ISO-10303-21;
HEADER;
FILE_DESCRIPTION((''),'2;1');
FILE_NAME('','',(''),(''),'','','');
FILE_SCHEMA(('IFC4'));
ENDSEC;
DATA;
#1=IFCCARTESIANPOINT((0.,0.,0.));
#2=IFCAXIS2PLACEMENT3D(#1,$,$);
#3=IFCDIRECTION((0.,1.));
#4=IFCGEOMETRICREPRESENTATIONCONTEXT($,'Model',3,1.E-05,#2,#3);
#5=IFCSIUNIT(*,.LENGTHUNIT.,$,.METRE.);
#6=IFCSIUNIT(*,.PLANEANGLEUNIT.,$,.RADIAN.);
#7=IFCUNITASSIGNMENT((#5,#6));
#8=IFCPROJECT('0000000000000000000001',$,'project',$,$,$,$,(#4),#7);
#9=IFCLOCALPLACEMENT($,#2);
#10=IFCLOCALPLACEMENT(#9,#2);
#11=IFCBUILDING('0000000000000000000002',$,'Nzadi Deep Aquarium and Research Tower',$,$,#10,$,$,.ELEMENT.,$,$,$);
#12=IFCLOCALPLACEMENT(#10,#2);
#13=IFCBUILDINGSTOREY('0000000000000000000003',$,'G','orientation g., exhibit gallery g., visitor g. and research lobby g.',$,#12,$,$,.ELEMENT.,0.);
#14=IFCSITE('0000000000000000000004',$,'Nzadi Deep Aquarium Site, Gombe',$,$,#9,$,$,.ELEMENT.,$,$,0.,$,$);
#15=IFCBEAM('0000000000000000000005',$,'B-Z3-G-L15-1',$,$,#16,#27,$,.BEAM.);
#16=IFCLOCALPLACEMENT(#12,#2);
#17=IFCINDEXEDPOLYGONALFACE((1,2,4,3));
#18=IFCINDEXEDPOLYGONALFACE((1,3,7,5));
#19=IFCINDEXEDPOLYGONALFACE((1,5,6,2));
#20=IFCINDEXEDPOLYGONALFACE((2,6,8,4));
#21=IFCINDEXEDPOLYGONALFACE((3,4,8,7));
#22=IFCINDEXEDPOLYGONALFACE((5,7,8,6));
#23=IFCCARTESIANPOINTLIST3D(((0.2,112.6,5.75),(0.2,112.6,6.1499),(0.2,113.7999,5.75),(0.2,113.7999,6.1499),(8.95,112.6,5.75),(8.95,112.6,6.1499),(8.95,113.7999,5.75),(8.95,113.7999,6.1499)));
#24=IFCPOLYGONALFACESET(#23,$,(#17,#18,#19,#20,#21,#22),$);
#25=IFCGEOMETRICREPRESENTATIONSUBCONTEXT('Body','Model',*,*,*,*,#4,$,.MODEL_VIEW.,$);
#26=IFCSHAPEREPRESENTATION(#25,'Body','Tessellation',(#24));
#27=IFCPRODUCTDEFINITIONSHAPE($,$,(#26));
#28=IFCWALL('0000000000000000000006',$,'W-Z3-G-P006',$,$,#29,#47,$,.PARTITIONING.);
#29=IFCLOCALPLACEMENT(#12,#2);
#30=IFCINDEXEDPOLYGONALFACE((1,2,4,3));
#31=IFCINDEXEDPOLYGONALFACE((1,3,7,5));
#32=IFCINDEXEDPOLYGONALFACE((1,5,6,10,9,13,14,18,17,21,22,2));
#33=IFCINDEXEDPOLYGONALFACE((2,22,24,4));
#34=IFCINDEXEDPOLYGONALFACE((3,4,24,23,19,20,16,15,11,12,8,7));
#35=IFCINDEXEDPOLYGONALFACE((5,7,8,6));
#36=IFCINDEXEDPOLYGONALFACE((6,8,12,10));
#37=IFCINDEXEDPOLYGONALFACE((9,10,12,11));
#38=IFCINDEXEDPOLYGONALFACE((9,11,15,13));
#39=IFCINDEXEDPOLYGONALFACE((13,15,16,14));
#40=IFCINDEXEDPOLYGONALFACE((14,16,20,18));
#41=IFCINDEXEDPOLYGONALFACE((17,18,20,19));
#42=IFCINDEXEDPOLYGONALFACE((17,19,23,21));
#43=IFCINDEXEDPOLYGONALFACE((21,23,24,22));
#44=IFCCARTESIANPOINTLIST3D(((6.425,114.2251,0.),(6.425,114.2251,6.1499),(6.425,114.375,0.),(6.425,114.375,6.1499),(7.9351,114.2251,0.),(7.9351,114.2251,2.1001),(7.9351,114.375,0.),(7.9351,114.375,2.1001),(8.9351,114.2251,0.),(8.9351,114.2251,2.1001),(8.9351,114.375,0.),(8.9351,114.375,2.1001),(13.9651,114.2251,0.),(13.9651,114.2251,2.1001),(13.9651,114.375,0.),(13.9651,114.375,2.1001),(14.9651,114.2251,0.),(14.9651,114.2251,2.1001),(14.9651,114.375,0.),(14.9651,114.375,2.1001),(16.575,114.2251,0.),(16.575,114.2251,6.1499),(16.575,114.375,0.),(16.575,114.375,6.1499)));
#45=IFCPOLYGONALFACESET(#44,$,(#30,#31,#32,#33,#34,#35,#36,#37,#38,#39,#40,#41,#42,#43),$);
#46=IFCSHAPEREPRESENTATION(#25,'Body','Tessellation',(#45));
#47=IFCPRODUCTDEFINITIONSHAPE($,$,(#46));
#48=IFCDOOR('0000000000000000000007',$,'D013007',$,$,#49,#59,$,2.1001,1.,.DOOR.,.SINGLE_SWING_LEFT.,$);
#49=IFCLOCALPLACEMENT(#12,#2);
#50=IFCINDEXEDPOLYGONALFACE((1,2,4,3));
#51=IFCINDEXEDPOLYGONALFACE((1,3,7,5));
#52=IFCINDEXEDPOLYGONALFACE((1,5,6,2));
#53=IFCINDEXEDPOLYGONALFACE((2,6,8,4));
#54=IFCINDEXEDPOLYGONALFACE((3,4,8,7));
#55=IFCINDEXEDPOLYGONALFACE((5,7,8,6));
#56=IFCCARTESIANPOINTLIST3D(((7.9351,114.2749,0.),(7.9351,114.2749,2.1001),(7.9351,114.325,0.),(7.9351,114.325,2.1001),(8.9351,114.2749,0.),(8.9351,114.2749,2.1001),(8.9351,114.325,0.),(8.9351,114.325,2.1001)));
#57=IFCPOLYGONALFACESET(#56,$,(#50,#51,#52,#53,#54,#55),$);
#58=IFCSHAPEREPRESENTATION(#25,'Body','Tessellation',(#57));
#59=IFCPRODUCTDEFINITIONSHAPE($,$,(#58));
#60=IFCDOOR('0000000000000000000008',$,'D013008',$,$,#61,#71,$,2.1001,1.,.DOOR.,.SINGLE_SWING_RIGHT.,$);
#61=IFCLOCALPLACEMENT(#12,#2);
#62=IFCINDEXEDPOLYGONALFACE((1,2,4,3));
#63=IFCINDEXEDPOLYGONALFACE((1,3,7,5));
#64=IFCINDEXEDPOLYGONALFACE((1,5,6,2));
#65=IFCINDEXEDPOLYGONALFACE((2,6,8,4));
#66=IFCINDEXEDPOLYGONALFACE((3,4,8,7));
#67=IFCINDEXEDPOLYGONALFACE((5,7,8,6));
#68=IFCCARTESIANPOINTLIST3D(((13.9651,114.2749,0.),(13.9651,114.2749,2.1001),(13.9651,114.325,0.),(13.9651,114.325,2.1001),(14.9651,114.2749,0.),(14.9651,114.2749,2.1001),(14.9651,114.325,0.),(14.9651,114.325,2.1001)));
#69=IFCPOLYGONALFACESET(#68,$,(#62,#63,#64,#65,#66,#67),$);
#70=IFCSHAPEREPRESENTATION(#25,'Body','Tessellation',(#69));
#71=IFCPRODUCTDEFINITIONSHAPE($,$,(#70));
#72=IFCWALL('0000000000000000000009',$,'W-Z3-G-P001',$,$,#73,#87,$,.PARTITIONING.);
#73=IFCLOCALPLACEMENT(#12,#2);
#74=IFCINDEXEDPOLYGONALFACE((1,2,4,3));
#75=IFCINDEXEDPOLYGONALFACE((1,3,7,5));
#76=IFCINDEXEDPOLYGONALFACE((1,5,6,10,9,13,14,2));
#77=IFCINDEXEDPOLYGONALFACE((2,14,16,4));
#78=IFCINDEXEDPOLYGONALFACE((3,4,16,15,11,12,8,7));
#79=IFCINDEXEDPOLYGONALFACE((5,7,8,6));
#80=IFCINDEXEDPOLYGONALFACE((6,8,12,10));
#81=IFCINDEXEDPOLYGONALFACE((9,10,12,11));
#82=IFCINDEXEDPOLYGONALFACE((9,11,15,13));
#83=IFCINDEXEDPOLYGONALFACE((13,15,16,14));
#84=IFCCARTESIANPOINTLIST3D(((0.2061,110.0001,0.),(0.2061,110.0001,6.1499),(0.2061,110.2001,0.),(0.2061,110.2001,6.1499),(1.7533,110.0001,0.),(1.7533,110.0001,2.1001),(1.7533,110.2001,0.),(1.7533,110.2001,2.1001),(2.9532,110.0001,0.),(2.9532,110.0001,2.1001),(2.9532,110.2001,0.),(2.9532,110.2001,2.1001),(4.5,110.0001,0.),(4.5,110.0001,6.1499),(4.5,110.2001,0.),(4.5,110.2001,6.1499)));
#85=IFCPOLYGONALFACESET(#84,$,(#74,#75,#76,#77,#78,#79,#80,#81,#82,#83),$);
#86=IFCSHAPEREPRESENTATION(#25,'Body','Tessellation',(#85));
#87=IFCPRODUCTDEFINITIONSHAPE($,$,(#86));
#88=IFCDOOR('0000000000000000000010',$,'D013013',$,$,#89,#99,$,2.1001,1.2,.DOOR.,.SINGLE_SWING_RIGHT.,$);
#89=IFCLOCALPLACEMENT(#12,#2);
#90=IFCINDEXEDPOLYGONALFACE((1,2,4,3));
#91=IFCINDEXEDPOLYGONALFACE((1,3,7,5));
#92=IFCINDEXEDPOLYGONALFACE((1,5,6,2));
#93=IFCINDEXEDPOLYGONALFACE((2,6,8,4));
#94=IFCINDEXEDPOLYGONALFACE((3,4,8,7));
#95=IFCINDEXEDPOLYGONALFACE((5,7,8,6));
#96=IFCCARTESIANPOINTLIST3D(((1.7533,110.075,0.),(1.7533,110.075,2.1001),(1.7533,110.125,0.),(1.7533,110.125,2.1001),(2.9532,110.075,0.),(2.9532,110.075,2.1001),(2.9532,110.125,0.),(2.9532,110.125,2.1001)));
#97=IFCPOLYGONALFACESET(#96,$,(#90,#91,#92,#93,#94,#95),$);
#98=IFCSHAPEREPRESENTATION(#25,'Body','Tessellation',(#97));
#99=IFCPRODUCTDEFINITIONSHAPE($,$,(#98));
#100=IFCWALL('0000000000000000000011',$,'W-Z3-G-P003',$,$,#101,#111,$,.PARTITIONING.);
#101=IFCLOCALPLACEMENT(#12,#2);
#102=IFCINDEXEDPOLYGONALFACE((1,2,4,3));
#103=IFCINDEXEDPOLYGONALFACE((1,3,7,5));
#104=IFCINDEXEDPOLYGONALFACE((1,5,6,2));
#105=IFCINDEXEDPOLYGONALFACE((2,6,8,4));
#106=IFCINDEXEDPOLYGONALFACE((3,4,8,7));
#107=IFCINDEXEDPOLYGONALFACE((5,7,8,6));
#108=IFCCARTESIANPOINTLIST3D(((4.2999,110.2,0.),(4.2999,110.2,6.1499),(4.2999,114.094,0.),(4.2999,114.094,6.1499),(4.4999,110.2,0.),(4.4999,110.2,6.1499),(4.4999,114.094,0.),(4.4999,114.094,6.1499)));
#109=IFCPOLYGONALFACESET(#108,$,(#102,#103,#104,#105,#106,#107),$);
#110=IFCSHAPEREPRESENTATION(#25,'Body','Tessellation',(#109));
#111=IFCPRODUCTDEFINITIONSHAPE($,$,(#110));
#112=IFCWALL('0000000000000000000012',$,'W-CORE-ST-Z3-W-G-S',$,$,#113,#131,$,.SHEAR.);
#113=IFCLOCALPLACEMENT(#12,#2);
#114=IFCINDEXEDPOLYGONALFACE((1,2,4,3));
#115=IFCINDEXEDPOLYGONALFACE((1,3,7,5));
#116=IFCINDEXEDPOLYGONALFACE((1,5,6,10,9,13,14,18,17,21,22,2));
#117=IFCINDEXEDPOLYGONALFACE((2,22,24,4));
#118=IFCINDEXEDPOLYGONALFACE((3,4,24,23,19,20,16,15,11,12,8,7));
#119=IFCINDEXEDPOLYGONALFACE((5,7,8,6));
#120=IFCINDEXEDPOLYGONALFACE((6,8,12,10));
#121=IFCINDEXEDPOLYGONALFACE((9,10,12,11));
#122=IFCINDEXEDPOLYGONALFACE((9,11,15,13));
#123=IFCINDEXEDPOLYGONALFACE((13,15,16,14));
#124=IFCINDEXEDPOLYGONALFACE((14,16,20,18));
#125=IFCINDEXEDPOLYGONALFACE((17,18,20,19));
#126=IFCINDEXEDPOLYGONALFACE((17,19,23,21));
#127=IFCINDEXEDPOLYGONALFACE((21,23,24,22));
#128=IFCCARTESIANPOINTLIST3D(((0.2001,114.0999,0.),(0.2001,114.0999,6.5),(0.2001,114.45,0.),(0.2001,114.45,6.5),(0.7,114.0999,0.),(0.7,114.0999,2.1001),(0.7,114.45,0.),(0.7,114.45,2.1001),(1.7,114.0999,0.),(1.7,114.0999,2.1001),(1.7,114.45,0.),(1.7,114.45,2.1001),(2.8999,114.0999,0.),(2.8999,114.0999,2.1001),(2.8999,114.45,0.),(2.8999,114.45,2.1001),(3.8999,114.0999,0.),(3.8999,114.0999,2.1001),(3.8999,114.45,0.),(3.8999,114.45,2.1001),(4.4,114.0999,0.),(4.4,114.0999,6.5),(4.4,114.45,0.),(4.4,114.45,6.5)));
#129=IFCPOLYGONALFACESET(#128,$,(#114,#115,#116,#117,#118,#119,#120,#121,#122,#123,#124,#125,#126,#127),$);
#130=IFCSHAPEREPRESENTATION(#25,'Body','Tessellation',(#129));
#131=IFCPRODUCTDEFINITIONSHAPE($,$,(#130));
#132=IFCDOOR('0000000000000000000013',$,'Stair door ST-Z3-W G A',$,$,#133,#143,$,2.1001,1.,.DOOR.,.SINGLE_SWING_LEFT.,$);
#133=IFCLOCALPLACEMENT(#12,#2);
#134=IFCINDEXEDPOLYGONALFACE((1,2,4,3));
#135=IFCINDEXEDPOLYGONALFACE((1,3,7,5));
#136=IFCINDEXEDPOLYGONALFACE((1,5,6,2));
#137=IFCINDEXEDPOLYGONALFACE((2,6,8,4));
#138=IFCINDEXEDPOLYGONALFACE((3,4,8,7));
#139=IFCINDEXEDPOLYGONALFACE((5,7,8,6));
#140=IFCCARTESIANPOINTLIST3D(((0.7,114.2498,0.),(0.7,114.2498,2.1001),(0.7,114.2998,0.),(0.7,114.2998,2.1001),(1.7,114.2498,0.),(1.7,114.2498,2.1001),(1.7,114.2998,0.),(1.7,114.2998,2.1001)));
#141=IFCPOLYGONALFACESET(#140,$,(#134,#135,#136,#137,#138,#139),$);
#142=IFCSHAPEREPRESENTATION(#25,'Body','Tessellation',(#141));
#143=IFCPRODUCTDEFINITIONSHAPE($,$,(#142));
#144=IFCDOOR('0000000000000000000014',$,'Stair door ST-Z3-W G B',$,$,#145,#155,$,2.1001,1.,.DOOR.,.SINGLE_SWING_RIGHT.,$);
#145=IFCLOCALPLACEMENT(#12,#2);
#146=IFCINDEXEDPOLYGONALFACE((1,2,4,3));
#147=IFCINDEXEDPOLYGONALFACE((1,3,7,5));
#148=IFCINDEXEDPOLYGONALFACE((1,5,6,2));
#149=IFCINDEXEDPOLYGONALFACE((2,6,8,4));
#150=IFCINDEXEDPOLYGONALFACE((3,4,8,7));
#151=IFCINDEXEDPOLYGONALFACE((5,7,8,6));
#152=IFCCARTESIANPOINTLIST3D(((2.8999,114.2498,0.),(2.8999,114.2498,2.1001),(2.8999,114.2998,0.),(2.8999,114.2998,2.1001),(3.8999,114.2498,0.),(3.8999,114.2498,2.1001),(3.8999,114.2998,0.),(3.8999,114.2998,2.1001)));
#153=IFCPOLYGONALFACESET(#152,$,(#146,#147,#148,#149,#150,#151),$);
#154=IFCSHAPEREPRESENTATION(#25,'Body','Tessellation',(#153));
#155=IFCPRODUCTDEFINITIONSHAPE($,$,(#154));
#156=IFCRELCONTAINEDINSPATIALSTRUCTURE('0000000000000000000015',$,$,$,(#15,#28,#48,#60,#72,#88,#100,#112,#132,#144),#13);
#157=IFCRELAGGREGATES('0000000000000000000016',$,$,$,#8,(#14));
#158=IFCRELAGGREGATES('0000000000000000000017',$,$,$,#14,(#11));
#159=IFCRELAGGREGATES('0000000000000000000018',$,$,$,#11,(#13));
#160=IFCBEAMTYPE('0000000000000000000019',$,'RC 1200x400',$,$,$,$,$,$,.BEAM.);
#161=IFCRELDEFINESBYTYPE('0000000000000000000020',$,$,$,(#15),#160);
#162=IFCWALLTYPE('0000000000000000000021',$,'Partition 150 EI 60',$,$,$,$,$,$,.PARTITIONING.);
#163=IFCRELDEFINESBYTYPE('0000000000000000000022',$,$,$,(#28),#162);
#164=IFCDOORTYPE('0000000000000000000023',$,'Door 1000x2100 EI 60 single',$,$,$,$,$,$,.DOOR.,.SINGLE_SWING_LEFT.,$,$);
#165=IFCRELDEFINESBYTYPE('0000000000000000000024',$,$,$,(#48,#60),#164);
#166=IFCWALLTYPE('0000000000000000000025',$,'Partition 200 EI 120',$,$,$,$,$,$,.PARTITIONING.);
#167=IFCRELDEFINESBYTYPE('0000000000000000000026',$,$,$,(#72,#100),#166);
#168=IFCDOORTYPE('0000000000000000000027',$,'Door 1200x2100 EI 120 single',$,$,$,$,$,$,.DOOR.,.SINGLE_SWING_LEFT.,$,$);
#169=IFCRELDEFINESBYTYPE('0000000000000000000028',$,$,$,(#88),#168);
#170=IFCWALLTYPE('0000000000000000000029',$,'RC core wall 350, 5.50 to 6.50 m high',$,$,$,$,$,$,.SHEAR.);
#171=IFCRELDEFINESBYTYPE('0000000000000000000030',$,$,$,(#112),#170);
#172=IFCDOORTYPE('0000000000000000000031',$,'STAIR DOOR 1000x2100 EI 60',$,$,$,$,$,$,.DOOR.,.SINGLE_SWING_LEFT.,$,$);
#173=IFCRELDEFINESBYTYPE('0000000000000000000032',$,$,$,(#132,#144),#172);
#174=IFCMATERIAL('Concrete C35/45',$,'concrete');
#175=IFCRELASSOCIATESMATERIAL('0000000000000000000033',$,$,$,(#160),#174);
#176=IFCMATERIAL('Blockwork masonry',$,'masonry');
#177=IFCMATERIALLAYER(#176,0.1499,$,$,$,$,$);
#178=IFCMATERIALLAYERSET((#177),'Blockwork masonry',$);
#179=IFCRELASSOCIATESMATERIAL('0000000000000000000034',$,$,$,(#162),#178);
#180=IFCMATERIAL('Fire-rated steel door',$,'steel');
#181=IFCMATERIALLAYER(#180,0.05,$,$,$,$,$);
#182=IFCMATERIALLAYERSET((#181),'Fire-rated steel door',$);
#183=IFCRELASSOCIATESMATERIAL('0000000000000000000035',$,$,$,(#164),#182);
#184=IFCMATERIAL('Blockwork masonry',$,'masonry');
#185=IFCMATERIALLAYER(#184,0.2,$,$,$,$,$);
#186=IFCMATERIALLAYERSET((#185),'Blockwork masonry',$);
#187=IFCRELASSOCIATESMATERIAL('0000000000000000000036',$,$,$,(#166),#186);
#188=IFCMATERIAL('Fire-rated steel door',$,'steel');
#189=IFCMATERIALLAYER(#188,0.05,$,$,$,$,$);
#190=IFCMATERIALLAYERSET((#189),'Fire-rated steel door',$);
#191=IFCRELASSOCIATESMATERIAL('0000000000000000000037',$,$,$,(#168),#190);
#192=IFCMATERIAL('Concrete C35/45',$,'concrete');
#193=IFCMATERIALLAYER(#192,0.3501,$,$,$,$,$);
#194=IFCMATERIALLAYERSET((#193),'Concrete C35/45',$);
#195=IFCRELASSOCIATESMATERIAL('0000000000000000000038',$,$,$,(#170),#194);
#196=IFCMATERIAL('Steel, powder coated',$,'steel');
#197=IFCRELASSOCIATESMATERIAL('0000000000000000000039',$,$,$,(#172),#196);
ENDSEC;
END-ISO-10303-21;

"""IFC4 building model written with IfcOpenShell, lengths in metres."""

from ifc_helpers import new_model, si_unit, direction, frame, frame_2d, origin, origin_2d, place, context, subcontext, project, spatial, rectangle, extrude, material, layer, layer_set, material_profile, profile_set, type_object, element, fill, save


model = new_model("IFC4")

# Units and contexts
model_context = context("Model", 3, precision=1e-05, world=origin(), true_north=direction((0.0, 1.0)))
body_context = subcontext(model_context, "Body", "Model", "MODEL_VIEW")
ifc_project = project(units=[si_unit("LENGTHUNIT", "METRE"), si_unit("PLANEANGLEUNIT", "RADIAN")], contexts=[model_context])

# Site, building, storey
site_placement = place(None, origin())
site = spatial("IfcSite", under=ifc_project, at=site_placement, Name="Nzadi Deep Aquarium Site, Gombe", CompositionType="ELEMENT", RefElevation=0.0)
building_placement = place(site_placement, origin())
building = spatial("IfcBuilding", under=site, at=building_placement, Name="Nzadi Deep Aquarium and Research Tower", CompositionType="ELEMENT")
storey_placement = place(building_placement, origin())
storey = spatial("IfcBuildingStorey", under=building, at=storey_placement, Name="G", Description="orientation g., exhibit gallery g., visitor g. and research lobby g.", CompositionType="ELEMENT", Elevation=0.0)

# Beam
ifc_material_1 = material(Name="Concrete C35/45", Category="concrete")
ifc_material_profile = material_profile(ifc_material_1, rectangle(XDim=1.2, YDim=0.3999, at=origin_2d()))
ifc_profile_set = profile_set([ifc_material_profile], Name="Concrete C35/45")
beam_type = type_object("IfcBeamType", Name="RC 1200x400", PredefinedType="BEAM", material=ifc_profile_set)
beam_placement = place(storey_placement, frame((0.2, 113.2, 5.95), z_axis=(1.0, 0.0, 0.0), x_axis=(0.0, 1.0, 0.0)))
element("IfcBeam", 1, at=beam_placement, inside=storey, type_object=beam_type, Name="B-Z3-G-L15-1", PredefinedType="BEAM", context=body_context, shape_type="SweptSolid", body=[
    extrude(rectangle(XDim=1.2, YDim=0.3999, at=origin_2d()), origin(), (0.0, 0.0, 1.0), 8.75),
])

# Wall, openings, doors
ifc_material_2 = material(Name="Blockwork masonry", Category="masonry")
ifc_layer_1 = layer(ifc_material_2, 0.1499)
ifc_layer_set_1 = layer_set([ifc_layer_1], Name="Blockwork masonry")
wall_type_1 = type_object("IfcWallType", Name="Partition 150 EI 60", PredefinedType="PARTITIONING", material=ifc_layer_set_1)
wall_1_placement = place(storey_placement, frame((6.425, 114.3, 0.0), z_axis=(0.0, 0.0, 1.0), x_axis=(1.0, 0.0, 0.0)))
wall_1 = element("IfcWall", 2, at=wall_1_placement, inside=storey, type_object=wall_type_1, Name="W-Z3-G-P006", PredefinedType="PARTITIONING", context=body_context, shape_type="SweptSolid", body=[
    extrude(rectangle(XDim=10.1499, YDim=0.1499, at=frame_2d((5.075, 0.0))), origin(), (0.0, 0.0, 1.0), 6.1499),
])
opening_1_placement = place(wall_1_placement, frame((1.51, 0.0, 0.0)))
opening_1 = element("IfcOpeningElement", 3, at=opening_1_placement, cuts=wall_1, PredefinedType="OPENING", context=body_context, shape_type="SweptSolid", body=[
    extrude(rectangle(XDim=1.0, YDim=2.1001, at=frame_2d((0.5, 1.05))), frame((0.0, 0.085, 0.0), z_axis=(0.0, -1.0, 0.0), x_axis=(1.0, 0.0, 0.0)), (0.0, 0.0, 1.0), 0.1699),
])
opening_2_placement = place(wall_1_placement, frame((7.54, 0.0, 0.0)))
opening_2 = element("IfcOpeningElement", 4, at=opening_2_placement, cuts=wall_1, PredefinedType="OPENING", context=body_context, shape_type="SweptSolid", body=[
    extrude(rectangle(XDim=1.0, YDim=2.1001, at=frame_2d((0.5, 1.05))), frame((0.0, 0.085, 0.0), z_axis=(0.0, -1.0, 0.0), x_axis=(1.0, 0.0, 0.0)), (0.0, 0.0, 1.0), 0.1699),
])
ifc_material_3 = material(Name="Fire-rated steel door", Category="steel")
ifc_layer_2 = layer(ifc_material_3, 0.05)
ifc_layer_set_2 = layer_set([ifc_layer_2], Name="Fire-rated steel door")
door_type_1 = type_object("IfcDoorType", Name="Door 1000x2100 EI 60 single", OperationType="SINGLE_SWING_LEFT", PredefinedType="DOOR", material=ifc_layer_set_2)
door_1_placement = place(opening_1_placement, origin())
door_1 = element("IfcDoor", 5, at=door_1_placement, inside=storey, type_object=door_type_1, Name="D013007", OperationType="SINGLE_SWING_LEFT", OverallHeight=2.1001, OverallWidth=1.0, PredefinedType="DOOR", context=body_context, shape_type="SweptSolid", body=[
    extrude(rectangle(XDim=1.0, YDim=2.1001, at=frame_2d((0.5, 1.05))), frame((0.0, 0.0249, 0.0), z_axis=(0.0, -1.0, 0.0), x_axis=(1.0, 0.0, 0.0)), (0.0, 0.0, 1.0), 0.05),
])
fill(opening_1, door_1)
door_2_placement = place(opening_2_placement, origin())
door_2 = element("IfcDoor", 6, at=door_2_placement, inside=storey, type_object=door_type_1, Name="D013008", OperationType="SINGLE_SWING_RIGHT", OverallHeight=2.1001, OverallWidth=1.0, PredefinedType="DOOR", context=body_context, shape_type="SweptSolid", body=[
    extrude(rectangle(XDim=1.0, YDim=2.1001, at=frame_2d((0.5, 1.05))), frame((0.0, 0.0249, 0.0), z_axis=(0.0, -1.0, 0.0), x_axis=(1.0, 0.0, 0.0)), (0.0, 0.0, 1.0), 0.05),
])
fill(opening_2, door_2)

# Wall, opening, door
ifc_material_4 = material(Name="Blockwork masonry", Category="masonry")
ifc_layer_3 = layer(ifc_material_4, 0.2)
ifc_layer_set_3 = layer_set([ifc_layer_3], Name="Blockwork masonry")
wall_type_2 = type_object("IfcWallType", Name="Partition 200 EI 120", PredefinedType="PARTITIONING", material=ifc_layer_set_3)
wall_2_placement = place(storey_placement, frame((0.2061, 110.1001, 0.0), z_axis=(0.0, 0.0, 1.0), x_axis=(1.0, 0.0, 0.0)))
wall_2 = element("IfcWall", 7, at=wall_2_placement, inside=storey, type_object=wall_type_2, Name="W-Z3-G-P001", PredefinedType="PARTITIONING", context=body_context, shape_type="SweptSolid", body=[
    extrude(rectangle(XDim=4.2939, YDim=0.2, at=frame_2d((2.147, 0.0))), origin(), (0.0, 0.0, 1.0), 6.1499),
])
opening_3_placement = place(wall_2_placement, frame((1.5471, 0.0, 0.0)))
opening_3 = element("IfcOpeningElement", 8, at=opening_3_placement, cuts=wall_2, PredefinedType="OPENING", context=body_context, shape_type="SweptSolid", body=[
    extrude(rectangle(XDim=1.2, YDim=2.1001, at=frame_2d((0.6001, 1.05))), frame((0.0, 0.1101, 0.0), z_axis=(0.0, -1.0, 0.0), x_axis=(1.0, 0.0, 0.0)), (0.0, 0.0, 1.0), 0.2202),
])
ifc_material_5 = material(Name="Fire-rated steel door", Category="steel")
ifc_layer_4 = layer(ifc_material_5, 0.05)
ifc_layer_set_4 = layer_set([ifc_layer_4], Name="Fire-rated steel door")
door_type_2 = type_object("IfcDoorType", Name="Door 1200x2100 EI 120 single", OperationType="SINGLE_SWING_LEFT", PredefinedType="DOOR", material=ifc_layer_set_4)
door_3_placement = place(opening_3_placement, origin())
door_3 = element("IfcDoor", 9, at=door_3_placement, inside=storey, type_object=door_type_2, Name="D013013", OperationType="SINGLE_SWING_RIGHT", OverallHeight=2.1001, OverallWidth=1.2, PredefinedType="DOOR", context=body_context, shape_type="SweptSolid", body=[
    extrude(rectangle(XDim=1.2, YDim=2.1001, at=frame_2d((0.6001, 1.05))), frame((0.0, 0.0249, 0.0), z_axis=(0.0, -1.0, 0.0), x_axis=(1.0, 0.0, 0.0)), (0.0, 0.0, 1.0), 0.05),
])
fill(opening_3, door_3)

# Wall
wall_3_placement = place(storey_placement, frame((4.3999, 110.2, 0.0), z_axis=(0.0, 0.0, 1.0), x_axis=(0.0, 1.0, 0.0)))
element("IfcWall", 10, at=wall_3_placement, inside=storey, type_object=wall_type_2, Name="W-Z3-G-P003", PredefinedType="PARTITIONING", context=body_context, shape_type="SweptSolid", body=[
    extrude(rectangle(XDim=3.894, YDim=0.2, at=frame_2d((1.947, 0.0))), origin(), (0.0, 0.0, 1.0), 6.1499),
])

# Wall, openings, doors
ifc_material_6 = material(Name="Concrete C35/45", Category="concrete")
ifc_layer_5 = layer(ifc_material_6, 0.3501)
ifc_layer_set_5 = layer_set([ifc_layer_5], Name="Concrete C35/45")
wall_type_3 = type_object("IfcWallType", Name="RC core wall 350, 5.50 to 6.50 m high", PredefinedType="SHEAR", material=ifc_layer_set_5)
wall_4_placement = place(storey_placement, frame((0.2, 114.2749, 0.0), z_axis=(0.0, 0.0, 1.0), x_axis=(1.0, 0.0, 0.0)))
wall_4 = element("IfcWall", 11, at=wall_4_placement, inside=storey, type_object=wall_type_3, Name="W-CORE-ST-Z3-W-G-S", PredefinedType="SHEAR", context=body_context, shape_type="SweptSolid", body=[
    extrude(rectangle(XDim=4.2, YDim=0.3501, at=frame_2d((2.1001, 0.0))), origin(), (0.0, 0.0, 1.0), 6.5),
])
opening_4_placement = place(wall_4_placement, frame((0.5, 0.0, 0.0)))
opening_4 = element("IfcOpeningElement", 12, at=opening_4_placement, cuts=wall_4, PredefinedType="OPENING", context=body_context, shape_type="SweptSolid", body=[
    extrude(rectangle(XDim=1.0, YDim=2.1001, at=frame_2d((0.5, 1.05))), frame((0.0, 0.1851, 0.0), z_axis=(0.0, -1.0, 0.0), x_axis=(1.0, 0.0, 0.0)), (0.0, 0.0, 1.0), 0.3701),
])
opening_5_placement = place(wall_4_placement, frame((2.7, 0.0, 0.0)))
opening_5 = element("IfcOpeningElement", 13, at=opening_5_placement, cuts=wall_4, PredefinedType="OPENING", context=body_context, shape_type="SweptSolid", body=[
    extrude(rectangle(XDim=1.0, YDim=2.1001, at=frame_2d((0.5, 1.05))), frame((0.0, 0.1851, 0.0), z_axis=(0.0, -1.0, 0.0), x_axis=(1.0, 0.0, 0.0)), (0.0, 0.0, 1.0), 0.3701),
])
ifc_material_7 = material(Name="Steel, powder coated", Category="steel")
door_type_3 = type_object("IfcDoorType", Name="STAIR DOOR 1000x2100 EI 60", OperationType="SINGLE_SWING_LEFT", PredefinedType="DOOR", material=ifc_material_7)
door_4_placement = place(opening_4_placement, origin())
door_4 = element("IfcDoor", 14, at=door_4_placement, inside=storey, type_object=door_type_3, Name="Stair door ST-Z3-W G A", OperationType="SINGLE_SWING_LEFT", OverallHeight=2.1001, OverallWidth=1.0, PredefinedType="DOOR", context=body_context, shape_type="SweptSolid", body=[
    extrude(rectangle(XDim=1.0, YDim=2.1001, at=frame_2d((0.5, 1.05))), frame((0.0, 0.0249, 0.0), z_axis=(0.0, -1.0, 0.0), x_axis=(1.0, 0.0, 0.0)), (0.0, 0.0, 1.0), 0.05),
])
fill(opening_4, door_4)
door_5_placement = place(opening_5_placement, origin())
door_5 = element("IfcDoor", 15, at=door_5_placement, inside=storey, type_object=door_type_3, Name="Stair door ST-Z3-W G B", OperationType="SINGLE_SWING_RIGHT", OverallHeight=2.1001, OverallWidth=1.0, PredefinedType="DOOR", context=body_context, shape_type="SweptSolid", body=[
    extrude(rectangle(XDim=1.0, YDim=2.1001, at=frame_2d((0.5, 1.05))), frame((0.0, 0.0249, 0.0), z_axis=(0.0, -1.0, 0.0), x_axis=(1.0, 0.0, 0.0)), (0.0, 0.0, 1.0), 0.05),
])
fill(opening_5, door_5)

save(model, "model.ifc")
